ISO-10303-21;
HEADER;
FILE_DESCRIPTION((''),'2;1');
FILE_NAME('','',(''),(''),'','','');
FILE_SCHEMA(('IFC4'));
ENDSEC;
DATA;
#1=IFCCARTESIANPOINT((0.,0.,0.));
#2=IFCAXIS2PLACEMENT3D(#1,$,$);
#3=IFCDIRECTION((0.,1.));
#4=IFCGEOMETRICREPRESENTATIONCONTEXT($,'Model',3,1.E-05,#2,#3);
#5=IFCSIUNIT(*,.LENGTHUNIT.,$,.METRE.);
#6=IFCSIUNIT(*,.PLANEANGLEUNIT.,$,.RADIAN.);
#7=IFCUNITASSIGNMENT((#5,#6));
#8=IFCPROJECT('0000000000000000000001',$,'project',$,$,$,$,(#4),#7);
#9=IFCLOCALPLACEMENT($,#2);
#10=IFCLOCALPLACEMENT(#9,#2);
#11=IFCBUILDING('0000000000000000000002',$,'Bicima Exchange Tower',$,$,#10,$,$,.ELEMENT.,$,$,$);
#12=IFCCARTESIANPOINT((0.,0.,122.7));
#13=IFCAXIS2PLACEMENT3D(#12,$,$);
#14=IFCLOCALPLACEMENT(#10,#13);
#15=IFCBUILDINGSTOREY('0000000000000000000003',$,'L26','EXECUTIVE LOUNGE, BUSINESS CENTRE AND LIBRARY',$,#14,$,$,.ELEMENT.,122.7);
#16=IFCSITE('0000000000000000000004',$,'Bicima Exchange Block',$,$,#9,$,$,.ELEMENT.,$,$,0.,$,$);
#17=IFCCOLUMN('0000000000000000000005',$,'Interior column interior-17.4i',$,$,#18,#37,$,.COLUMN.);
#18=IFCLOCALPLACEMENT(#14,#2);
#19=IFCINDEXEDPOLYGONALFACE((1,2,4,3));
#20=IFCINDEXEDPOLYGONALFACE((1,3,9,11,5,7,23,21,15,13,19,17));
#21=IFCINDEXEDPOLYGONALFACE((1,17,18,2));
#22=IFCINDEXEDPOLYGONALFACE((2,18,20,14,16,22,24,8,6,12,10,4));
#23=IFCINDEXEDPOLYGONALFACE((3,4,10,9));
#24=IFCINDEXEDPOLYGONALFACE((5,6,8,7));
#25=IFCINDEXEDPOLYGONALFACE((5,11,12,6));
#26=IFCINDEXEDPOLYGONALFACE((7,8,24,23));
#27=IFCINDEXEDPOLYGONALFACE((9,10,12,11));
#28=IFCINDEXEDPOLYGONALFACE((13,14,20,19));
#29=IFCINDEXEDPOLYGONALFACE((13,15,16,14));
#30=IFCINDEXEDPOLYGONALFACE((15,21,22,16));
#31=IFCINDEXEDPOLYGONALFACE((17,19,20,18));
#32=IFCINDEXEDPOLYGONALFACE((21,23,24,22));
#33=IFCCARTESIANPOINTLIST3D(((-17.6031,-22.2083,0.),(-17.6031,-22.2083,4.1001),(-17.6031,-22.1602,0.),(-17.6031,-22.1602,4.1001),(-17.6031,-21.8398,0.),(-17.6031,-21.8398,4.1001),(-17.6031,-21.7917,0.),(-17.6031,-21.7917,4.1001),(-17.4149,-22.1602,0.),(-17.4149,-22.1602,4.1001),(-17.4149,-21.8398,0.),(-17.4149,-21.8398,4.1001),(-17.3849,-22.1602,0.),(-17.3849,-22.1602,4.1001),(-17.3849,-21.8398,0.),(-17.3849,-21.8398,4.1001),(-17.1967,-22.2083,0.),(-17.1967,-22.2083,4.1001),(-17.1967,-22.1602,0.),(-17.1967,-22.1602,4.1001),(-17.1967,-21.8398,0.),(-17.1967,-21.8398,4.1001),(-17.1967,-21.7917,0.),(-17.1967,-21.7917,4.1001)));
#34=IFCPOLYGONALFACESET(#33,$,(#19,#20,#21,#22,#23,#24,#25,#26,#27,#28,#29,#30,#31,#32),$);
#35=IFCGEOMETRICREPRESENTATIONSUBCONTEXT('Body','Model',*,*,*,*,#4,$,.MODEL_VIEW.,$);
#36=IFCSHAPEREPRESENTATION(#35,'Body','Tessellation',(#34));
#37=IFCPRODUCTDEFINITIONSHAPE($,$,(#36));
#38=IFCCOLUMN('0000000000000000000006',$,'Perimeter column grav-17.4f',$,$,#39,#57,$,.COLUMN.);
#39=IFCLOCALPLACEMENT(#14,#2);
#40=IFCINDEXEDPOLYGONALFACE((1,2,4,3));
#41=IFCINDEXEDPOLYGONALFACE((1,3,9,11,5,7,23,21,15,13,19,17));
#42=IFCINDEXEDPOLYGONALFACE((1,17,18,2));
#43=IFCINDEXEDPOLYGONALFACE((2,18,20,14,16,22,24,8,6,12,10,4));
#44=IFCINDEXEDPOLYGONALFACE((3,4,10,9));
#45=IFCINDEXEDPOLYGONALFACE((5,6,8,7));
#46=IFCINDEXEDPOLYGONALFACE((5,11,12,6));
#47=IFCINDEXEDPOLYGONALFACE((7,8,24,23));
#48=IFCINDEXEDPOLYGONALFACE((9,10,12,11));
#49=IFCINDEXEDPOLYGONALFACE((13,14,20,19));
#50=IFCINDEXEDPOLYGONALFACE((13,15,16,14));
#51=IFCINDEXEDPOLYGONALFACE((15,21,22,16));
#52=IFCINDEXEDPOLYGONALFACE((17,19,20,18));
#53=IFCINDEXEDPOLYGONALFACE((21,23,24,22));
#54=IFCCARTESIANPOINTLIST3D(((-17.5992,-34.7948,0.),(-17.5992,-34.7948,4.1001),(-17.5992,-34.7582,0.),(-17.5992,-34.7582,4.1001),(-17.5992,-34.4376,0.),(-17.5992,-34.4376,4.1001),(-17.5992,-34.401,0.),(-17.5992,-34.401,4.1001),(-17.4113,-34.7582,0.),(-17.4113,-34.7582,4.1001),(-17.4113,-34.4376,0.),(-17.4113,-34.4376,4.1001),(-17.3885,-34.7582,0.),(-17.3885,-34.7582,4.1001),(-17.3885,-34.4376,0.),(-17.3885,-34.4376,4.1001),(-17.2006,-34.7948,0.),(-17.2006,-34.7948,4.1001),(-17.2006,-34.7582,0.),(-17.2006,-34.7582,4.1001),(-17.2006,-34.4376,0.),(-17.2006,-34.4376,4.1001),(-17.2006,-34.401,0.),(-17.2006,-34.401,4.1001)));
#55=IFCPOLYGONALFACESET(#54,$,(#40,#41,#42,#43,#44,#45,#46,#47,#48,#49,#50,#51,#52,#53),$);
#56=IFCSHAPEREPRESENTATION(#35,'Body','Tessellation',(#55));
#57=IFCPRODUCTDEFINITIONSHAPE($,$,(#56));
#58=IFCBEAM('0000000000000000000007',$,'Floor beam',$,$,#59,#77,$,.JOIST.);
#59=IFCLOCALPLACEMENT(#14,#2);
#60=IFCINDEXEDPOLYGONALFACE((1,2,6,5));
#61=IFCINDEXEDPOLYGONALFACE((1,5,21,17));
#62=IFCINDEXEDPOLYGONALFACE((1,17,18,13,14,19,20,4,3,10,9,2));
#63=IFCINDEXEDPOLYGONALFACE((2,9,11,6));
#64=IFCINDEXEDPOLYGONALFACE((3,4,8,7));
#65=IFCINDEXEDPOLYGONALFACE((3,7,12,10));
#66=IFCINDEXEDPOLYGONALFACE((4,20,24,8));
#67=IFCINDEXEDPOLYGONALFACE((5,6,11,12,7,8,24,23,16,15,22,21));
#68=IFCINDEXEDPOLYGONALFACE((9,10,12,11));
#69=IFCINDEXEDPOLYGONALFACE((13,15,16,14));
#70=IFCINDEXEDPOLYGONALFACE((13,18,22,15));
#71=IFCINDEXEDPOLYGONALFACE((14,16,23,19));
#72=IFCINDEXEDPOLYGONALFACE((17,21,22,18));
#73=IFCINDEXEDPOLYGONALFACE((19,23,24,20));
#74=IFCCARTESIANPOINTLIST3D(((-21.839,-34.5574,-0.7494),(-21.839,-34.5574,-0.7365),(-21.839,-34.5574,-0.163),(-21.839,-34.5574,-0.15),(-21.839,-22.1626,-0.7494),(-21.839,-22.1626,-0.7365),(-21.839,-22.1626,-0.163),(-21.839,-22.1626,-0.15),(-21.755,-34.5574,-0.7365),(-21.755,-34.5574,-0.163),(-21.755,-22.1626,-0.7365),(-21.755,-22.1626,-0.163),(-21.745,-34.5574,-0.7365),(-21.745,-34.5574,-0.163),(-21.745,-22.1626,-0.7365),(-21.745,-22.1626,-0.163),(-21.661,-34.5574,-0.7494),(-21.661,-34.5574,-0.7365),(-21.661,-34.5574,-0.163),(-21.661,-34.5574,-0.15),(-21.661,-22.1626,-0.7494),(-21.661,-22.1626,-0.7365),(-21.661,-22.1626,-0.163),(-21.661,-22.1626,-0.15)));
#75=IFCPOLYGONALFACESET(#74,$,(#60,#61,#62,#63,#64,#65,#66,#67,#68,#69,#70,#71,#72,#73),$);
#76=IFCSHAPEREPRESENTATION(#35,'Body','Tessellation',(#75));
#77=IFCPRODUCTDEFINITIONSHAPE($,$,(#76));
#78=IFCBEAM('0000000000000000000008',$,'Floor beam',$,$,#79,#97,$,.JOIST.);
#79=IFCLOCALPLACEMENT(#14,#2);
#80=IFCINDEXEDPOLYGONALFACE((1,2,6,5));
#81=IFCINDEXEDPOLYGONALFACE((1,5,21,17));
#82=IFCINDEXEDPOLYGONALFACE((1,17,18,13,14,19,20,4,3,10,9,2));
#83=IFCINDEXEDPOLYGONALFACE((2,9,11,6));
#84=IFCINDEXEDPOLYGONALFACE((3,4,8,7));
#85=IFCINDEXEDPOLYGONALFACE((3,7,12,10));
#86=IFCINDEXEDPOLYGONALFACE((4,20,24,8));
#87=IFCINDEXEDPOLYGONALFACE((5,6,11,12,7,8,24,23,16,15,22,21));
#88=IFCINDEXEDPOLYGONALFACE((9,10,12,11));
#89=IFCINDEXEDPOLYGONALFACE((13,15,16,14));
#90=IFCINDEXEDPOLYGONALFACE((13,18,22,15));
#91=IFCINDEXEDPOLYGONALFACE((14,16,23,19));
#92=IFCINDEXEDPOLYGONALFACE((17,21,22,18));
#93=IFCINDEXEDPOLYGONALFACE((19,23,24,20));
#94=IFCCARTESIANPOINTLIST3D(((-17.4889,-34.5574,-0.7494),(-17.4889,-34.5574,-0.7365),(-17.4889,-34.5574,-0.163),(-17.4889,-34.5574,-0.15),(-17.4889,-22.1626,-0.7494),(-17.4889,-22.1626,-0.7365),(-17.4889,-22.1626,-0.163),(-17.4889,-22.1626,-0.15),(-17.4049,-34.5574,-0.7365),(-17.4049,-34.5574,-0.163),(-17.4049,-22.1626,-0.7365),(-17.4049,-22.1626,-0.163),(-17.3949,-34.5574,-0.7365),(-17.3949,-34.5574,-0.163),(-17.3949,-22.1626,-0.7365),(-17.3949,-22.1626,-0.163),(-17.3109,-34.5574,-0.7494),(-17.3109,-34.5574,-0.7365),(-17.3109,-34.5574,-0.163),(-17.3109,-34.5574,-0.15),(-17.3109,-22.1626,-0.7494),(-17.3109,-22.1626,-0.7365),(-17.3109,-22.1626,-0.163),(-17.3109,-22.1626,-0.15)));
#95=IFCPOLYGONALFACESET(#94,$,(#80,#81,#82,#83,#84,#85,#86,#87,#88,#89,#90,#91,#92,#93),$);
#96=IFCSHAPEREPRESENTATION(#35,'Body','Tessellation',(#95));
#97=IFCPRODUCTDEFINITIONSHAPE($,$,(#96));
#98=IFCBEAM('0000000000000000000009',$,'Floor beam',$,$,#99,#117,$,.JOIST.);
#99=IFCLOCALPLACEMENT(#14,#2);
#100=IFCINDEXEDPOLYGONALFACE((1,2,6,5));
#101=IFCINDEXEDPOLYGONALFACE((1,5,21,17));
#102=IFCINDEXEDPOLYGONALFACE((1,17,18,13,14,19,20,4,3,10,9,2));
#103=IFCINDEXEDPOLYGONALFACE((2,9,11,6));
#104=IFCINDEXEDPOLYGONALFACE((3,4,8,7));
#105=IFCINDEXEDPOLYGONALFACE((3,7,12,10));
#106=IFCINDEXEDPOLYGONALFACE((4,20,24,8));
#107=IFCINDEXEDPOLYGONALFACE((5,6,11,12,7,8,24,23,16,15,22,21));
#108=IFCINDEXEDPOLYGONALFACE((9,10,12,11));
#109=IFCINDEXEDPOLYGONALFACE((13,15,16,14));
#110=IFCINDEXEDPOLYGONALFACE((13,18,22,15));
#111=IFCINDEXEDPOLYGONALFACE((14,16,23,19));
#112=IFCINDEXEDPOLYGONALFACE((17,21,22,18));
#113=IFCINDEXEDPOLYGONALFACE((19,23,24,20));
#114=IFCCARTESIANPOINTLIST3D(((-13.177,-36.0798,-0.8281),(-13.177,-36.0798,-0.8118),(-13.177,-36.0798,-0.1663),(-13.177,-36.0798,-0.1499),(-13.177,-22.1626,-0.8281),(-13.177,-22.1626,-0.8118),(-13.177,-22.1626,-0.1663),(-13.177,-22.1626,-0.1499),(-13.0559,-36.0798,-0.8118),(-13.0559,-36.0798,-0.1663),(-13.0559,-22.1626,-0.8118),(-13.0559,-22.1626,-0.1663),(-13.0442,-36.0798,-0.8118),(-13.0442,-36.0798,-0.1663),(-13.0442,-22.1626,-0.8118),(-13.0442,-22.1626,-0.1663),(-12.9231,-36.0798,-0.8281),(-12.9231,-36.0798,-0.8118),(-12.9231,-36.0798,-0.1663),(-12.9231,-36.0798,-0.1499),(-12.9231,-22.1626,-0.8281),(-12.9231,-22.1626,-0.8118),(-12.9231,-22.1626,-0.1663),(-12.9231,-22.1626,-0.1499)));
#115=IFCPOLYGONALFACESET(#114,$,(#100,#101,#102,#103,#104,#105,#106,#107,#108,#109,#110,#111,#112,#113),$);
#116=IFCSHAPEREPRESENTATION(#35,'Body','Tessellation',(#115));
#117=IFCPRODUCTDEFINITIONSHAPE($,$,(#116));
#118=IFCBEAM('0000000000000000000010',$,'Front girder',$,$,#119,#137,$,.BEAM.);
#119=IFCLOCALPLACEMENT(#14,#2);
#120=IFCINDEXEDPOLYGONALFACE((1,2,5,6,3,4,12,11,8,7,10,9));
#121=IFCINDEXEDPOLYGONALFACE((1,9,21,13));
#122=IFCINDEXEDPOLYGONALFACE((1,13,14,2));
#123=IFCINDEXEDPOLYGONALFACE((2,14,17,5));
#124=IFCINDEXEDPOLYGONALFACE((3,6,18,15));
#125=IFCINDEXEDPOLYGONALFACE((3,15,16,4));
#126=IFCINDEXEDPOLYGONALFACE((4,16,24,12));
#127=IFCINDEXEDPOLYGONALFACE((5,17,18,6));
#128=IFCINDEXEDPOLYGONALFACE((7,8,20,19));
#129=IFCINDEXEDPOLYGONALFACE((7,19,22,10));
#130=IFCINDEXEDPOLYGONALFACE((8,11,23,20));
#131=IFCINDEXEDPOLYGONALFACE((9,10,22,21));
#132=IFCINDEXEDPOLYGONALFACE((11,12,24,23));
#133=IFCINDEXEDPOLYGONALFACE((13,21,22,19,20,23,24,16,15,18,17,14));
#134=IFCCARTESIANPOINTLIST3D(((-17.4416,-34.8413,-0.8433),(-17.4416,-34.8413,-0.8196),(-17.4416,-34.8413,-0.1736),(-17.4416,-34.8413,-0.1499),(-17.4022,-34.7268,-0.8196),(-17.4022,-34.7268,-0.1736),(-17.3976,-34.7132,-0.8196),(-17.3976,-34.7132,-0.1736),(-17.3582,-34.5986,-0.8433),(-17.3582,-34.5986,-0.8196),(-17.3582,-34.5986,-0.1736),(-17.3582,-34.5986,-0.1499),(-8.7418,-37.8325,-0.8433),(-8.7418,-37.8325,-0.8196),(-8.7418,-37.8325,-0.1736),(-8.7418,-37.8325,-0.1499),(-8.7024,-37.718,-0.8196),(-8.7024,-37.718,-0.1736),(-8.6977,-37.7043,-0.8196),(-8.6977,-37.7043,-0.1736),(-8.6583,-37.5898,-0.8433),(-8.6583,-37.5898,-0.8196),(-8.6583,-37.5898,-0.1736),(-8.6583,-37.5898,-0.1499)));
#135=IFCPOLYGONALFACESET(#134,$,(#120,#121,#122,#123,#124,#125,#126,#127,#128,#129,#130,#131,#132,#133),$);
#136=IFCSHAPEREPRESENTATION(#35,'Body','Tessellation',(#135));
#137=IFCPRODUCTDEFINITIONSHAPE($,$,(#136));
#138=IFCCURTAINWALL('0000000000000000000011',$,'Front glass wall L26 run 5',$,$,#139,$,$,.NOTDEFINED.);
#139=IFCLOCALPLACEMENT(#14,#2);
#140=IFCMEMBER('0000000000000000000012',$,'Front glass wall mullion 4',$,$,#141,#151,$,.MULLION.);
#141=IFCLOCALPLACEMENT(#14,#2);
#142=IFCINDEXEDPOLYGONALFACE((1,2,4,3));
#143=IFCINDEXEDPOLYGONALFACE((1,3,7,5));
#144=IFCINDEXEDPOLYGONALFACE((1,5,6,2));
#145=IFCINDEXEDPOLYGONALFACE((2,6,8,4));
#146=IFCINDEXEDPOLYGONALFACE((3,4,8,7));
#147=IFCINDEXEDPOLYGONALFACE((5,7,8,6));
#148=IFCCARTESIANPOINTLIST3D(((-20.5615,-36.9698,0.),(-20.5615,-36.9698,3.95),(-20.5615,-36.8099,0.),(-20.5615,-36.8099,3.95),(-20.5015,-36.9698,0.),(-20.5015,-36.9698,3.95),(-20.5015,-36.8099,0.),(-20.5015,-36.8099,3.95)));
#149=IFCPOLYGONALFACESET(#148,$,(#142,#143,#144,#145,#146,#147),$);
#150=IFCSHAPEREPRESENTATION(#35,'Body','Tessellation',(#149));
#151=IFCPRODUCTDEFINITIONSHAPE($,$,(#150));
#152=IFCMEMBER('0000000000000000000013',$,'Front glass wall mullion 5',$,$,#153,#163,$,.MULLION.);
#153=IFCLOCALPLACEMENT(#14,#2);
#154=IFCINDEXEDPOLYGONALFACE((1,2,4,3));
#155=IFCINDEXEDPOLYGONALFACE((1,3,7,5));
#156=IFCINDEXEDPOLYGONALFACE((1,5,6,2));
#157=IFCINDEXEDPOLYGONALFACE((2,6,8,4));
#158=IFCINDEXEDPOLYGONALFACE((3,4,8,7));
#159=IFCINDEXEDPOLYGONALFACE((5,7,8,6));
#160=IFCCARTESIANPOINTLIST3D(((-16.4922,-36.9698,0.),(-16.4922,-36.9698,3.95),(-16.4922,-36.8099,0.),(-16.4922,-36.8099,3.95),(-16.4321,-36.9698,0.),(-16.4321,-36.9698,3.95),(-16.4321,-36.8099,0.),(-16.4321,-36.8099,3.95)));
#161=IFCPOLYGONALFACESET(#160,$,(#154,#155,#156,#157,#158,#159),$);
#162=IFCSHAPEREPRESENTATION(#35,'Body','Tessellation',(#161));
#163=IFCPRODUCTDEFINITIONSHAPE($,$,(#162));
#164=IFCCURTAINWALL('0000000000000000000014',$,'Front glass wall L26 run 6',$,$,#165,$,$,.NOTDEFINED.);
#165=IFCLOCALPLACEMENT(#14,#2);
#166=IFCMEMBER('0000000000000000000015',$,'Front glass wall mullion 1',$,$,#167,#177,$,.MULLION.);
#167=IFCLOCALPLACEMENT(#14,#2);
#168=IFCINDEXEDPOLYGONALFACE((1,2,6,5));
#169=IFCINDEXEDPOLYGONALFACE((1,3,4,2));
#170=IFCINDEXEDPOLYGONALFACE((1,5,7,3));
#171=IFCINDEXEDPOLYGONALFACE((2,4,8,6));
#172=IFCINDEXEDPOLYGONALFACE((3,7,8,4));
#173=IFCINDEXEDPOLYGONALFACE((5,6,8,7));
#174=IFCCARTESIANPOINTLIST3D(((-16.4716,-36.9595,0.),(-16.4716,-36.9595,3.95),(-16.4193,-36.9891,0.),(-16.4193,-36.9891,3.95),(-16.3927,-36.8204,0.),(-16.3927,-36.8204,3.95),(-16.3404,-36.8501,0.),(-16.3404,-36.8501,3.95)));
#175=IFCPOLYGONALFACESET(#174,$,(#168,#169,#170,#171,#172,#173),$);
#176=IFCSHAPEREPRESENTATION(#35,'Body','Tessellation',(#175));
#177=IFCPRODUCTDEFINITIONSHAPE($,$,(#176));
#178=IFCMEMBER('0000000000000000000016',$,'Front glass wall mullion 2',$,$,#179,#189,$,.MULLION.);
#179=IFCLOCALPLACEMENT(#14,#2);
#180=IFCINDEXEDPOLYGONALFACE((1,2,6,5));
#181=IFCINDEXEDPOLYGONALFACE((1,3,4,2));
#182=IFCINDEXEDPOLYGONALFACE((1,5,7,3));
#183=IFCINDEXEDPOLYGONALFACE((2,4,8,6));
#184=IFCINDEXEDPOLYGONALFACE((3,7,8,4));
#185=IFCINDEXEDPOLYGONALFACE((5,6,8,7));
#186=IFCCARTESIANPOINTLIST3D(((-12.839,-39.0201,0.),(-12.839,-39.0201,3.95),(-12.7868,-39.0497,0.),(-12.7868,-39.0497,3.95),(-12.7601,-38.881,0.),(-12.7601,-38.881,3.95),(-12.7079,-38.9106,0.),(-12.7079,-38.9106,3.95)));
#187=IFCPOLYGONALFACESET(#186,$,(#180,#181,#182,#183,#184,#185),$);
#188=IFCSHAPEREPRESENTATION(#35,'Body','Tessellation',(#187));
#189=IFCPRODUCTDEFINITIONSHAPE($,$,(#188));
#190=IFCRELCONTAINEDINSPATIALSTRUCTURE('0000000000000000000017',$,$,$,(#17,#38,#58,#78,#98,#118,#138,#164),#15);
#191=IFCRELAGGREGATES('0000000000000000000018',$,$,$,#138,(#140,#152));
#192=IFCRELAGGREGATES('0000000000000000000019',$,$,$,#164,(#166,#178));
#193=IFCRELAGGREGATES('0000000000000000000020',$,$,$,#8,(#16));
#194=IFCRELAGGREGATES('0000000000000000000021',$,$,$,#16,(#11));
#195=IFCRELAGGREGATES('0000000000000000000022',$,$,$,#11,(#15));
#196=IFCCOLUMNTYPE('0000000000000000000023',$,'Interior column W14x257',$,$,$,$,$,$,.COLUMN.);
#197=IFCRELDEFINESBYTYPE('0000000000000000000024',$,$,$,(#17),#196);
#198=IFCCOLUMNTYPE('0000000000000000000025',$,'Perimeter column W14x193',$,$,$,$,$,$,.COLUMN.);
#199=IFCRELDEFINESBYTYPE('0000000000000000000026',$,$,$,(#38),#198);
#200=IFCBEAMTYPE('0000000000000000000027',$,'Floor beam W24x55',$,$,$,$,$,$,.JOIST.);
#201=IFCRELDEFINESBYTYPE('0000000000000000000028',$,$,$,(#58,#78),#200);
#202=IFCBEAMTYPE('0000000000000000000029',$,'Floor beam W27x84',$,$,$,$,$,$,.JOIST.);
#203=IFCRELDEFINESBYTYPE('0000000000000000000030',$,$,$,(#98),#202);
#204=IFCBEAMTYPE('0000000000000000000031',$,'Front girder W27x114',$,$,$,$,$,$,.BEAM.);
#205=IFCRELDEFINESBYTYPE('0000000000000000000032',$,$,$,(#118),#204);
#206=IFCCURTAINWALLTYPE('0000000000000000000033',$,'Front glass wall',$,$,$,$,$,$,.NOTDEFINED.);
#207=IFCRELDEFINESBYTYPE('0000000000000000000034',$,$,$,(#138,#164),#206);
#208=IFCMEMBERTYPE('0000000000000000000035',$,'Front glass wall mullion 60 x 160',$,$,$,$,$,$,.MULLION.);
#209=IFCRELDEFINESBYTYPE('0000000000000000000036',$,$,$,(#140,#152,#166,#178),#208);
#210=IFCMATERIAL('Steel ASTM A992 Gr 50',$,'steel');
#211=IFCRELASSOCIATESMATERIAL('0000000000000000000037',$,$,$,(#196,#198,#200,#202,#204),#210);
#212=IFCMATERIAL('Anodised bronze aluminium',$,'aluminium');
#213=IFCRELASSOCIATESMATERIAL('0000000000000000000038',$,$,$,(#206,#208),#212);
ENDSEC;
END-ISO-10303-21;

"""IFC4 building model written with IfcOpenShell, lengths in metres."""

from ifc_helpers import new_model, si_unit, direction, frame, origin, origin_2d, place, context, subcontext, project, spatial, rectangle, i_section, extrude, material, material_profile, profile_set, type_object, element, aggregate, save


model = new_model("IFC4")

# Units and contexts
model_context = context("Model", 3, precision=1e-05, world=origin(), true_north=direction((0.0, 1.0)))
body_context = subcontext(model_context, "Body", "Model", "MODEL_VIEW")
ifc_project = project(units=[si_unit("LENGTHUNIT", "METRE"), si_unit("PLANEANGLEUNIT", "RADIAN")], contexts=[model_context])

# Site, building, storey
site_placement = place(None, origin())
site = spatial("IfcSite", under=ifc_project, at=site_placement, Name="Bicima Exchange Block", CompositionType="ELEMENT", RefElevation=0.0)
building_placement = place(site_placement, origin())
building = spatial("IfcBuilding", under=site, at=building_placement, Name="Bicima Exchange Tower", CompositionType="ELEMENT")
storey_placement = place(building_placement, frame((0.0, 0.0, 122.7)))
storey = spatial("IfcBuildingStorey", under=building, at=storey_placement, Name="L26", Description="EXECUTIVE LOUNGE, BUSINESS CENTRE AND LIBRARY", CompositionType="ELEMENT", Elevation=122.7)

# Columns
ifc_material_1 = material(Name="Steel ASTM A992 Gr 50", Category="steel")
ifc_material_profile_1 = material_profile(ifc_material_1, i_section(OverallWidth=0.4065, OverallDepth=0.4165, WebThickness=0.03, FlangeThickness=0.0481, at=origin_2d()))
ifc_profile_set_1 = profile_set([ifc_material_profile_1], Name="Steel ASTM A992 Gr 50")
column_type_1 = type_object("IfcColumnType", Name="Interior column W14x257", PredefinedType="COLUMN", material=ifc_profile_set_1)
column_1_placement = place(storey_placement, frame((-17.3999, -22.0, 0.0), z_axis=(0.0, 0.0, 1.0), x_axis=(1.0, 0.0, 0.0)))
element("IfcColumn", 1, at=column_1_placement, inside=storey, type_object=column_type_1, Name="Interior column interior-17.4i", PredefinedType="COLUMN", context=body_context, shape_type="SweptSolid", body=[
    extrude(i_section(OverallWidth=0.4065, OverallDepth=0.4165, WebThickness=0.03, FlangeThickness=0.0481, at=origin_2d()), origin(), (0.0, 0.0, 1.0), 4.1001),
])
ifc_material_profile_2 = material_profile(ifc_material_1, i_section(OverallWidth=0.3987, OverallDepth=0.3938, WebThickness=0.0227, FlangeThickness=0.0366, at=origin_2d()))
ifc_profile_set_2 = profile_set([ifc_material_profile_2], Name="Steel ASTM A992 Gr 50")
column_type_2 = type_object("IfcColumnType", Name="Perimeter column W14x193", PredefinedType="COLUMN", material=ifc_profile_set_2)
column_2_placement = place(storey_placement, frame((-17.3999, -34.5979, 0.0), z_axis=(0.0, 0.0, 1.0), x_axis=(1.0, 0.0, 0.0)))
element("IfcColumn", 2, at=column_2_placement, inside=storey, type_object=column_type_2, Name="Perimeter column grav-17.4f", PredefinedType="COLUMN", context=body_context, shape_type="SweptSolid", body=[
    extrude(i_section(OverallWidth=0.3987, OverallDepth=0.3938, WebThickness=0.0227, FlangeThickness=0.0366, at=origin_2d()), origin(), (0.0, 0.0, 1.0), 4.1001),
])

# Beams
ifc_material_profile_3 = material_profile(ifc_material_1, i_section(OverallWidth=0.178, OverallDepth=0.5994, WebThickness=0.01, FlangeThickness=0.0129, at=origin_2d()))
ifc_profile_set_3 = profile_set([ifc_material_profile_3], Name="Steel ASTM A992 Gr 50")
beam_type_1 = type_object("IfcBeamType", Name="Floor beam W24x55", PredefinedType="JOIST", material=ifc_profile_set_3)
for number, where, z_axis, x_axis, name in (
    (3, (-21.75, -22.1626, -0.4497), (0.0, -1.0, 0.0), (1.0, 0.0, 0.0), "Floor beam"),
    (4, (-17.3999, -22.1626, -0.4497), (0.0, -1.0, 0.0), (1.0, 0.0, 0.0), "Floor beam"),
):
    element("IfcBeam", number, at=place(storey_placement, frame(where, z_axis=z_axis, x_axis=x_axis)), inside=storey, type_object=beam_type_1, Name=name, PredefinedType="JOIST", context=body_context, shape_type="SweptSolid", body=[
        extrude(i_section(OverallWidth=0.178, OverallDepth=0.5994, WebThickness=0.01, FlangeThickness=0.0129, at=origin_2d()), origin(), (0.0, 0.0, 1.0), 12.3948),
    ])
ifc_material_profile_4 = material_profile(ifc_material_1, i_section(OverallWidth=0.2539, OverallDepth=0.6782, WebThickness=0.0117, FlangeThickness=0.0164, at=origin_2d()))
ifc_profile_set_4 = profile_set([ifc_material_profile_4], Name="Steel ASTM A992 Gr 50")
beam_type_2 = type_object("IfcBeamType", Name="Floor beam W27x84", PredefinedType="JOIST", material=ifc_profile_set_4)
beam_1_placement = place(storey_placement, frame((-13.05, -22.1626, -0.489), z_axis=(0.0, -1.0, 0.0), x_axis=(1.0, 0.0, 0.0)))
element("IfcBeam", 5, at=beam_1_placement, inside=storey, type_object=beam_type_2, Name="Floor beam", PredefinedType="JOIST", context=body_context, shape_type="SweptSolid", body=[
    extrude(i_section(OverallWidth=0.2539, OverallDepth=0.6782, WebThickness=0.0117, FlangeThickness=0.0164, at=origin_2d()), origin(), (0.0, 0.0, 1.0), 13.9172),
])
ifc_material_profile_5 = material_profile(ifc_material_1, i_section(OverallWidth=0.2566, OverallDepth=0.6934, WebThickness=0.0144, FlangeThickness=0.0237, at=origin_2d()))
ifc_profile_set_5 = profile_set([ifc_material_profile_5], Name="Steel ASTM A992 Gr 50")
beam_type_3 = type_object("IfcBeamType", Name="Front girder W27x114", PredefinedType="BEAM", material=ifc_profile_set_5)
beam_2_placement = place(storey_placement, frame((-17.3999, -34.72, -0.4966), z_axis=(0.945666, -0.325138, 0.0), x_axis=(0.325138, 0.945666, 0.0)))
element("IfcBeam", 6, at=beam_2_placement, inside=storey, type_object=beam_type_3, Name="Front girder", PredefinedType="BEAM", context=body_context, shape_type="SweptSolid", body=[
    extrude(i_section(OverallWidth=0.2566, OverallDepth=0.6934, WebThickness=0.0144, FlangeThickness=0.0237, at=origin_2d()), origin(), (0.0, 0.0, 1.0), 9.1997),
])

# Curtain walls, members
ifc_material_2 = material(Name="Anodised bronze aluminium", Category="aluminium")
curtain_wall_type = type_object("IfcCurtainWallType", Name="Front glass wall", PredefinedType="NOTDEFINED", material=ifc_material_2)
curtain_wall_1_placement = place(storey_placement, origin())
curtain_wall_1 = element("IfcCurtainWall", 7, at=curtain_wall_1_placement, inside=storey, type_object=curtain_wall_type, Name="Front glass wall L26 run 5", PredefinedType="NOTDEFINED")
ifc_material_profile_6 = material_profile(ifc_material_2, rectangle(XDim=0.1599, YDim=0.0601, at=origin_2d()))
ifc_profile_set_6 = profile_set([ifc_material_profile_6], Name="Anodised bronze aluminium")
member_type_1 = type_object("IfcMemberType", Name="Front glass wall mullion 60 x 160", PredefinedType="MULLION", material=ifc_profile_set_6)
member_1_placement = place(storey_placement, frame((-20.5315, -36.8899, 0.0), z_axis=(0.0, 0.0, 1.0), x_axis=(0.0, 1.0, 0.0)))
member_1 = element("IfcMember", 8, at=member_1_placement, type_object=member_type_1, Name="Front glass wall mullion 4", PredefinedType="MULLION", context=body_context, shape_type="SweptSolid", body=[
    extrude(rectangle(XDim=0.1599, YDim=0.0601, at=origin_2d()), origin(), (0.0, 0.0, 1.0), 3.95),
])
member_2_placement = place(storey_placement, frame((-16.4622, -36.8899, 0.0), z_axis=(0.0, 0.0, 1.0), x_axis=(0.0, 1.0, 0.0)))
member_2 = element("IfcMember", 9, at=member_2_placement, type_object=member_type_1, Name="Front glass wall mullion 5", PredefinedType="MULLION", context=body_context, shape_type="SweptSolid", body=[
    extrude(rectangle(XDim=0.1599, YDim=0.0601, at=origin_2d()), origin(), (0.0, 0.0, 1.0), 3.95),
])
curtain_wall_2_placement = place(storey_placement, origin())
curtain_wall_2 = element("IfcCurtainWall", 10, at=curtain_wall_2_placement, inside=storey, type_object=curtain_wall_type, Name="Front glass wall L26 run 6", PredefinedType="NOTDEFINED")
member_3_placement = place(storey_placement, frame((-16.406, -36.9048, 0.0), z_axis=(0.0, 0.0, 1.0), x_axis=(0.493395, 0.869805, 0.0)))
member_3 = element("IfcMember", 11, at=member_3_placement, type_object=member_type_1, Name="Front glass wall mullion 1", PredefinedType="MULLION", context=body_context, shape_type="SweptSolid", body=[
    extrude(rectangle(XDim=0.1599, YDim=0.0601, at=origin_2d()), origin(), (0.0, 0.0, 1.0), 3.95),
])
member_4_placement = place(storey_placement, frame((-12.7734, -38.9653, 0.0), z_axis=(0.0, 0.0, 1.0), x_axis=(0.493395, 0.869805, 0.0)))
member_4 = element("IfcMember", 12, at=member_4_placement, type_object=member_type_1, Name="Front glass wall mullion 2", PredefinedType="MULLION", context=body_context, shape_type="SweptSolid", body=[
    extrude(rectangle(XDim=0.1599, YDim=0.0601, at=origin_2d()), origin(), (0.0, 0.0, 1.0), 3.95),
])

aggregate(curtain_wall_1, [member_1, member_2])
aggregate(curtain_wall_2, [member_3, member_4])

save(model, "model.ifc")
